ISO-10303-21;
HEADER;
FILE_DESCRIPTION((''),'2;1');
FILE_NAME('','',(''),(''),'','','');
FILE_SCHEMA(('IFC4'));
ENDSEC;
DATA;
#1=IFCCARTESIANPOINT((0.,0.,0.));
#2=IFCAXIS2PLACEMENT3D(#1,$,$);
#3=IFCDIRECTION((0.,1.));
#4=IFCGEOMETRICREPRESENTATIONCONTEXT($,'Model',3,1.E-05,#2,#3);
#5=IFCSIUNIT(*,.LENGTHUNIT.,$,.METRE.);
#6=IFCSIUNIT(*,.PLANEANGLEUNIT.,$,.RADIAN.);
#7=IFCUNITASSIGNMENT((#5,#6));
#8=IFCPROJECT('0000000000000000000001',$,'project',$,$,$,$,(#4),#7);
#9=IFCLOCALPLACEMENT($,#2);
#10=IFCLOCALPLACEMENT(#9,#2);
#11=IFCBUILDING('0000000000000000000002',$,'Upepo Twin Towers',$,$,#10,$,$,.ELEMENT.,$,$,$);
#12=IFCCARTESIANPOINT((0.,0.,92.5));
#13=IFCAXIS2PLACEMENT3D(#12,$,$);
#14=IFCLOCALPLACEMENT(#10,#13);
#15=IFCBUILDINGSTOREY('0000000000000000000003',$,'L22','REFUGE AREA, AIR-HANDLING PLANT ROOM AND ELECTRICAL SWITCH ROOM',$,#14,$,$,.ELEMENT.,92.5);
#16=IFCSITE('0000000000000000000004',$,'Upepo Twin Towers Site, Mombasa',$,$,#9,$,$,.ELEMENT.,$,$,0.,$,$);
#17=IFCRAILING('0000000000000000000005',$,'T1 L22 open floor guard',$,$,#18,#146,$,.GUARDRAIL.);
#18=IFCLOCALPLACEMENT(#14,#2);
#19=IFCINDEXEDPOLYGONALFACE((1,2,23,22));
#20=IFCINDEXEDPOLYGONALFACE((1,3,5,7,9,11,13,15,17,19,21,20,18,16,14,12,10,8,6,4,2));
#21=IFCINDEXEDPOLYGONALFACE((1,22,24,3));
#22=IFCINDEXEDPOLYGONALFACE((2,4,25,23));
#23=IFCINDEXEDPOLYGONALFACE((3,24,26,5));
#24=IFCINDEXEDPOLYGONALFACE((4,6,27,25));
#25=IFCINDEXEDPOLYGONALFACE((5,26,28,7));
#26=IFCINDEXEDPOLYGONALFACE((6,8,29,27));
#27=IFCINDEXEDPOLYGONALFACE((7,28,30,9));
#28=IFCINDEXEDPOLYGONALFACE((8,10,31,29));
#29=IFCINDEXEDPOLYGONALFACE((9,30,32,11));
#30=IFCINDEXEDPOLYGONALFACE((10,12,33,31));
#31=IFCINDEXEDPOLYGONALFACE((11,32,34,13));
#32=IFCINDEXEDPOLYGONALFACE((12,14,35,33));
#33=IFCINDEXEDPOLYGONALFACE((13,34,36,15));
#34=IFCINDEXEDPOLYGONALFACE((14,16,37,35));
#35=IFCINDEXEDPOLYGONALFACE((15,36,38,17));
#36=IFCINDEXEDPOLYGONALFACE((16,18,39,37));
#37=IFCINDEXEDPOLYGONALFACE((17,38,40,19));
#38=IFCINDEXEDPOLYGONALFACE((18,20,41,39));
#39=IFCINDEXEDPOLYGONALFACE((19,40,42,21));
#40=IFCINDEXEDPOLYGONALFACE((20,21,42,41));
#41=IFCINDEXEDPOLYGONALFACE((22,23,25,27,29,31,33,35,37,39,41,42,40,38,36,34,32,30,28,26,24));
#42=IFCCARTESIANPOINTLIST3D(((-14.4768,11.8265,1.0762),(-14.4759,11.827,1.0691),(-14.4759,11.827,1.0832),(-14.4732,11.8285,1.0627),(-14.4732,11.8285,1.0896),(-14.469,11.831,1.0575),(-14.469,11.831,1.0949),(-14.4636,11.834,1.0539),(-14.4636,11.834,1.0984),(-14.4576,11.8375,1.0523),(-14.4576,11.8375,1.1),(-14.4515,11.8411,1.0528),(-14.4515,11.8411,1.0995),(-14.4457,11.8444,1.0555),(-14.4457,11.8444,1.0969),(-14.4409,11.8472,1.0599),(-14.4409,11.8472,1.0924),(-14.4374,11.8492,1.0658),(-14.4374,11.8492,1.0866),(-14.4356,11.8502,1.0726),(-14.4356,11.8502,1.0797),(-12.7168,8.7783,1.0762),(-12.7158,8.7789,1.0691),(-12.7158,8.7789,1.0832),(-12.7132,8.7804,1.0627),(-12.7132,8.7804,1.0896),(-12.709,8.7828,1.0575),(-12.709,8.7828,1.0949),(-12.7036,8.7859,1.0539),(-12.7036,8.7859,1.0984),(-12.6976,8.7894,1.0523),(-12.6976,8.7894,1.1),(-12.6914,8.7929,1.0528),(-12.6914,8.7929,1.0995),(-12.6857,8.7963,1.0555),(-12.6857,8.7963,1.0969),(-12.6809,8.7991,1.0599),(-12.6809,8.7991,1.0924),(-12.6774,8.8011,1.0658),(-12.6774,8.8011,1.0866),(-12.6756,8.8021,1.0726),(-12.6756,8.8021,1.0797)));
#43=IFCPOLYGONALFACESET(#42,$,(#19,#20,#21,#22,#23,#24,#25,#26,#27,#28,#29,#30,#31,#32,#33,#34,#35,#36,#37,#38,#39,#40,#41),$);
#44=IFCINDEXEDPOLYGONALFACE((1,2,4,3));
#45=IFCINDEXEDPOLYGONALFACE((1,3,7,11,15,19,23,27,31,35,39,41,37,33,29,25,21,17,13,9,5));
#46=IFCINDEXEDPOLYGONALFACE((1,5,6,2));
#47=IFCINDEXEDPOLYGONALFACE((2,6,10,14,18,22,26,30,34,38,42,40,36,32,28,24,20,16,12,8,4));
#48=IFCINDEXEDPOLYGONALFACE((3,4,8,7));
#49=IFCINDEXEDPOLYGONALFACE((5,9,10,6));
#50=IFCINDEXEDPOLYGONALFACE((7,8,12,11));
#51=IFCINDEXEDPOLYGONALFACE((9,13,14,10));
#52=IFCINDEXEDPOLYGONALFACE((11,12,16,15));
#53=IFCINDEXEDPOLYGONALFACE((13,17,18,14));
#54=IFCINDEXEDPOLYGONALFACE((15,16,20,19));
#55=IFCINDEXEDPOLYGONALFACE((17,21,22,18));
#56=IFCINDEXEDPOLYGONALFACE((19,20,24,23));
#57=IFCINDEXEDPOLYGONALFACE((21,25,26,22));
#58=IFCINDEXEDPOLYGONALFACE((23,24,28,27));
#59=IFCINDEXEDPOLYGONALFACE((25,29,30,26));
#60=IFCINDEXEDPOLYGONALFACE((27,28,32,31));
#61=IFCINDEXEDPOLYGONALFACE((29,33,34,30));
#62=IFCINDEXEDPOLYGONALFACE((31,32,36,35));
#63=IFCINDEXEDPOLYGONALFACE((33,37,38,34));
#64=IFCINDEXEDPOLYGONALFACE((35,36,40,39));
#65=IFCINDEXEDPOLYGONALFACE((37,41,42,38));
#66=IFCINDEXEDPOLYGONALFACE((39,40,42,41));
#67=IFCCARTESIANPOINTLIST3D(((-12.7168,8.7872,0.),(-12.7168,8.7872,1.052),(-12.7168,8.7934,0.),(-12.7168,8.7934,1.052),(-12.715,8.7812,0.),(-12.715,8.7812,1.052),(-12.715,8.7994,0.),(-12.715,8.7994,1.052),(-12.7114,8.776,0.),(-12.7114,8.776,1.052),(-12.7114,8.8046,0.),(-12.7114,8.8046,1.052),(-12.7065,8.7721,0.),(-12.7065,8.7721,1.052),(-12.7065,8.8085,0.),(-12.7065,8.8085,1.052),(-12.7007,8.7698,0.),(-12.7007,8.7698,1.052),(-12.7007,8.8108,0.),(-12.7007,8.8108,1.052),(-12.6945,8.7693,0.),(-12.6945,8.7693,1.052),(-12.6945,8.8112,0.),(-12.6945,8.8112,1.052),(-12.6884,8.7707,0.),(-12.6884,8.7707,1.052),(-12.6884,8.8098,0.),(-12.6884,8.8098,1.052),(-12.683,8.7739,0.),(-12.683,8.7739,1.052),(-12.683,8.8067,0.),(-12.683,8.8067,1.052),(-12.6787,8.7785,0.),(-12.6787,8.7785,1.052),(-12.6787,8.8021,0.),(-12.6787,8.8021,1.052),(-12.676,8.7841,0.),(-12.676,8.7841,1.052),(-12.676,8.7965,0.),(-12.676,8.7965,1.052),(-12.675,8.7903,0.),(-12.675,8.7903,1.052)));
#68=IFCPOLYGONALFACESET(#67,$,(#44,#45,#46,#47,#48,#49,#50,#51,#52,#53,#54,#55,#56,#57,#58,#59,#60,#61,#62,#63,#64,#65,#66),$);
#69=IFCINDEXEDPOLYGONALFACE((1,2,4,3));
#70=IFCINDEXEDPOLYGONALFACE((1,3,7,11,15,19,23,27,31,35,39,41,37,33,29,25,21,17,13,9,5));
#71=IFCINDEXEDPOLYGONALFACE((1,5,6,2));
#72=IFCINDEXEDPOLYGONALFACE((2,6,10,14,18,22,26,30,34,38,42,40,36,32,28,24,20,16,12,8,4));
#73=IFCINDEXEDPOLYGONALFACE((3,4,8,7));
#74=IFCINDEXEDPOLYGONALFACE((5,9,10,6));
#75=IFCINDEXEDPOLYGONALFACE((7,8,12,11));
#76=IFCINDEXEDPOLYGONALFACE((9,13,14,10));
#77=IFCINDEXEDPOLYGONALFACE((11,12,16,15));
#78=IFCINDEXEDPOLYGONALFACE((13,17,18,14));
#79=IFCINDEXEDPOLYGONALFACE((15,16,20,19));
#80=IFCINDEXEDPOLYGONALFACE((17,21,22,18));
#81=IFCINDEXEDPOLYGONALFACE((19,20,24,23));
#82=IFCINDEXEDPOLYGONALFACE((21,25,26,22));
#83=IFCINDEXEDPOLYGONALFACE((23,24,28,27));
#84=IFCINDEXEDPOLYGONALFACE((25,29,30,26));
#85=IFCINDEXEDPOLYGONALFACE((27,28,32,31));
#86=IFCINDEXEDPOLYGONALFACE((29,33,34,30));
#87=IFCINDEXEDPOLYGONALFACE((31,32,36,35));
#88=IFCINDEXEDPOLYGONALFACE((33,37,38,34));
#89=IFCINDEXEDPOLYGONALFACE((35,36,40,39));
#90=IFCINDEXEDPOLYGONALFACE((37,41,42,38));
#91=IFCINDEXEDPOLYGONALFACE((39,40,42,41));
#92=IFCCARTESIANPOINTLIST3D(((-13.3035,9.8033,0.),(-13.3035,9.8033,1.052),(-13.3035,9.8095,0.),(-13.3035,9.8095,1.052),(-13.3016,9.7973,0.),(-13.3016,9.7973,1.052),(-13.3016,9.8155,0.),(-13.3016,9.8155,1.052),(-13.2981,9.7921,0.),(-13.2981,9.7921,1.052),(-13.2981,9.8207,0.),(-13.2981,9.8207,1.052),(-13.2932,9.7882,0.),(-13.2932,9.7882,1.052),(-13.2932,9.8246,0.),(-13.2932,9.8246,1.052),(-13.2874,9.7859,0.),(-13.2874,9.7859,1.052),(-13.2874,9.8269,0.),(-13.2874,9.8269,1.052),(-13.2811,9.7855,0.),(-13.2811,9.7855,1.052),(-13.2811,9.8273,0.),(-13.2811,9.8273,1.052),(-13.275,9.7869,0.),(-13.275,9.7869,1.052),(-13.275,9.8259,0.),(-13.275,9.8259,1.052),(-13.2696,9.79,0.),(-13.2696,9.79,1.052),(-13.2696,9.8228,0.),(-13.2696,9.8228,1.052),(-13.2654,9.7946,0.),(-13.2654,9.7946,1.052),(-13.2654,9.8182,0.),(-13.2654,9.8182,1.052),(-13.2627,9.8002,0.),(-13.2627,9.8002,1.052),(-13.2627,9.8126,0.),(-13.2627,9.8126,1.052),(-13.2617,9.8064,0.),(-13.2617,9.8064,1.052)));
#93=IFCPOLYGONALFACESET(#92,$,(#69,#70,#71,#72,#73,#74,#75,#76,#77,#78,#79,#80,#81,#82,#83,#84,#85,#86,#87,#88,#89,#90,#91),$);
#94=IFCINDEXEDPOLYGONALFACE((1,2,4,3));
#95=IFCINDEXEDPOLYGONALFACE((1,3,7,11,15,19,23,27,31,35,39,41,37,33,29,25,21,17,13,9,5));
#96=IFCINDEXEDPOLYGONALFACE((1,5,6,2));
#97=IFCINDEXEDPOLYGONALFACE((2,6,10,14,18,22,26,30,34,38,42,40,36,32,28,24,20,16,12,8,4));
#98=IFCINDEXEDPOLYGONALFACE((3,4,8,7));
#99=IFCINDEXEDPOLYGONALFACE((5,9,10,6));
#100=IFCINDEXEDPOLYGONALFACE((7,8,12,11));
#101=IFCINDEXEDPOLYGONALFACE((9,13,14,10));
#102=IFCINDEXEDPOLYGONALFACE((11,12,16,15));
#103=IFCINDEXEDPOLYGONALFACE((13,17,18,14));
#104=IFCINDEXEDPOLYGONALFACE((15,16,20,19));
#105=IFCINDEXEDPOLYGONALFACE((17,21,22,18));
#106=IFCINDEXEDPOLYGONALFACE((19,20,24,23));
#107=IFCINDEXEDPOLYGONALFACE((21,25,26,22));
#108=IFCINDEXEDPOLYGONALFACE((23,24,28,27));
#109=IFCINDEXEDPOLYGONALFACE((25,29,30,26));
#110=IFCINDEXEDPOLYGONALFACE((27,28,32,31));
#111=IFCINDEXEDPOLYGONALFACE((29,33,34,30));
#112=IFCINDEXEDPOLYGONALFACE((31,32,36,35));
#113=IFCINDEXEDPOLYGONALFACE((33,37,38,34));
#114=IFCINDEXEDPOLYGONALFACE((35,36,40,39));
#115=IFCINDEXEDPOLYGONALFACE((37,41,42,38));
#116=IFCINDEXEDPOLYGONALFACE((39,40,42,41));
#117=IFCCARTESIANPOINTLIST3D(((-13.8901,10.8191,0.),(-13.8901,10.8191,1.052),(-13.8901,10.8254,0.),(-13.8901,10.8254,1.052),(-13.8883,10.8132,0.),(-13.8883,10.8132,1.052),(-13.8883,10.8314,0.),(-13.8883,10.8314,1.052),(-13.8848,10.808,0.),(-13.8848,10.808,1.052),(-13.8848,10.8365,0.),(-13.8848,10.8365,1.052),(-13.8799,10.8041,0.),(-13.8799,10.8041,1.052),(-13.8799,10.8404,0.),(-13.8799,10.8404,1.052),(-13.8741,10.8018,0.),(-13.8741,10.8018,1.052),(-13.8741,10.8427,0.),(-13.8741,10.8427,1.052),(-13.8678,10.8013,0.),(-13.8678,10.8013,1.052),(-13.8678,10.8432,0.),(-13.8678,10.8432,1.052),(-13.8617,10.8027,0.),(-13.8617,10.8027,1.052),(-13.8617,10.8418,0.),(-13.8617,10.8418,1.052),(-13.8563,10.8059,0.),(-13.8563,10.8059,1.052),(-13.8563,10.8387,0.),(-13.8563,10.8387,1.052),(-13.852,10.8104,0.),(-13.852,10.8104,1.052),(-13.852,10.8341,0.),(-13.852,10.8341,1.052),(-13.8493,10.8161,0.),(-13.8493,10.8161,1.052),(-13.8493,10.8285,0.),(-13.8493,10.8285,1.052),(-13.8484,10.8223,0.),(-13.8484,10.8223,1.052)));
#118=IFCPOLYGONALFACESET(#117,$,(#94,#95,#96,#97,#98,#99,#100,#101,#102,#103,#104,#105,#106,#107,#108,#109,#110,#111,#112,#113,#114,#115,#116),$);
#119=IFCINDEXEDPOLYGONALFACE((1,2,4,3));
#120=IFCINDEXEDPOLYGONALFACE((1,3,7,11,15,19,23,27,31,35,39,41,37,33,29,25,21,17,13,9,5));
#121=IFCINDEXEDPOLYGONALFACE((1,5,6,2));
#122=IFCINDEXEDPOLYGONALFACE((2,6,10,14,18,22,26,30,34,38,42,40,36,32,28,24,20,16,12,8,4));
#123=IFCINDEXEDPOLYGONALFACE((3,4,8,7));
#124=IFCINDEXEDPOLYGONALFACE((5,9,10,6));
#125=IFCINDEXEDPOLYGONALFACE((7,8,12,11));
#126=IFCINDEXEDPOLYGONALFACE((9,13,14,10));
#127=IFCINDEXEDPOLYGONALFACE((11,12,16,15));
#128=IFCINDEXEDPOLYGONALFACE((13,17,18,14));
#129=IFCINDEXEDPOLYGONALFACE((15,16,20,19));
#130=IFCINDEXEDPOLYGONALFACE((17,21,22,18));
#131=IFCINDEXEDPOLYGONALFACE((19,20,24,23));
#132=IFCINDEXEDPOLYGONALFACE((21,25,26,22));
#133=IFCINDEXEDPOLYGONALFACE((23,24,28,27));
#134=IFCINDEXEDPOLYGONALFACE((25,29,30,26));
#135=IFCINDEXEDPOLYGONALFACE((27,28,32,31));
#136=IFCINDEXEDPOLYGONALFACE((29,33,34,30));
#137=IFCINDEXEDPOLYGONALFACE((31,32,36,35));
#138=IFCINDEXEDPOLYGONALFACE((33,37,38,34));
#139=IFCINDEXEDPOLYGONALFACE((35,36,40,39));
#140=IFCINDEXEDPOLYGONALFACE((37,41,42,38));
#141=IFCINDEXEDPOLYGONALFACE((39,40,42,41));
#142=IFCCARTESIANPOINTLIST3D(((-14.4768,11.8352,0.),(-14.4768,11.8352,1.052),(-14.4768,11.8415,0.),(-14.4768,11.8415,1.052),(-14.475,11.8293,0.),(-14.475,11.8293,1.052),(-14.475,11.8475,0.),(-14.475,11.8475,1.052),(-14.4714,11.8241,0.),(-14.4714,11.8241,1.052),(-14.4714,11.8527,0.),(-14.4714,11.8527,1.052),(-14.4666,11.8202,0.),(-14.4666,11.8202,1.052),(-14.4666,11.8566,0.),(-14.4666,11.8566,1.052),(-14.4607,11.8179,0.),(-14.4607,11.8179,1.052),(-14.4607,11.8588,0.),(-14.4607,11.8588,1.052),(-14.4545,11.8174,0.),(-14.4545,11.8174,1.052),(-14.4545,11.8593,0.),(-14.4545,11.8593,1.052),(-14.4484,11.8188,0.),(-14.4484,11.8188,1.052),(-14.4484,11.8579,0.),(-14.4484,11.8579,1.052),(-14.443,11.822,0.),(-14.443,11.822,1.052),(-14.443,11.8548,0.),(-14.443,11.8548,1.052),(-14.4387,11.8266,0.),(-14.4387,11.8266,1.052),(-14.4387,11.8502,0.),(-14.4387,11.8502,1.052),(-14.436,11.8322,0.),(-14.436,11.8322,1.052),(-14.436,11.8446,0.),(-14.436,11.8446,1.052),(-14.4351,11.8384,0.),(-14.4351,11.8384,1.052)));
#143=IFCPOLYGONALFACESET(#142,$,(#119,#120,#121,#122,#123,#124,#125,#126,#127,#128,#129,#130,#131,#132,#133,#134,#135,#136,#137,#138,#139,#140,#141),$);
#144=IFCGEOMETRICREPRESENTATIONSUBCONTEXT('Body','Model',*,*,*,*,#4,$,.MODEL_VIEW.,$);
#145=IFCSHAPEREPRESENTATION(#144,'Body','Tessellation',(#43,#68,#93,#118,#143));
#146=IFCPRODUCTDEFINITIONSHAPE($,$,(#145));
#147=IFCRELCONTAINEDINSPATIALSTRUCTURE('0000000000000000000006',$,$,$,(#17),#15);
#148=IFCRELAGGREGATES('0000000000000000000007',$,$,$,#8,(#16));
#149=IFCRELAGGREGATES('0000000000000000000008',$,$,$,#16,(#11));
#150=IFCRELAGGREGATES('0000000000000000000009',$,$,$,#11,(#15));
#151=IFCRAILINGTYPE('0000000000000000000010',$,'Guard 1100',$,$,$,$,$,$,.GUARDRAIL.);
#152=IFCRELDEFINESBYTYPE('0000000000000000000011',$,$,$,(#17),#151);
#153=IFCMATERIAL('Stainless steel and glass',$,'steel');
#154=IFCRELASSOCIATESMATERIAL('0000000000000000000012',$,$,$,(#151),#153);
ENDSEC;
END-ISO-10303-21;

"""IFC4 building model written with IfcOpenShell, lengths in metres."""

from ifc_helpers import new_model, si_unit, direction, frame, origin, origin_2d, place, context, subcontext, project, spatial, circle, extrude, material, type_object, element, save


model = new_model("IFC4")

# Units and contexts
model_context = context("Model", 3, precision=1e-05, world=origin(), true_north=direction((0.0, 1.0)))
body_context = subcontext(model_context, "Body", "Model", "MODEL_VIEW")
ifc_project = project(units=[si_unit("LENGTHUNIT", "METRE"), si_unit("PLANEANGLEUNIT", "RADIAN")], contexts=[model_context])

# Site, building, storey
site_placement = place(None, origin())
site = spatial("IfcSite", under=ifc_project, at=site_placement, Name="Upepo Twin Towers Site, Mombasa", CompositionType="ELEMENT", RefElevation=0.0)
building_placement = place(site_placement, origin())
building = spatial("IfcBuilding", under=site, at=building_placement, Name="Upepo Twin Towers", CompositionType="ELEMENT")
storey_placement = place(building_placement, frame((0.0, 0.0, 92.5)))
storey = spatial("IfcBuildingStorey", under=building, at=storey_placement, Name="L22", Description="REFUGE AREA, AIR-HANDLING PLANT ROOM AND ELECTRICAL SWITCH ROOM", CompositionType="ELEMENT", Elevation=92.5)

# Railing
ifc_material_1 = material(Name="Stainless steel and glass", Category="steel")
railing_type_1 = type_object("IfcRailingType", Name="Guard 1100", PredefinedType="GUARDRAIL", material=ifc_material_1)
for number, where, name in (
    (1, (-12.696, 8.7903, 0.0), "T1 L22 open floor guard"),
):
    element("IfcRailing", number, at=place(storey_placement, frame(where)), inside=storey, type_object=railing_type_1, Name=name, PredefinedType="GUARDRAIL", context=body_context, shape_type="SweptSolid", body=[
        extrude(circle(Radius=0.0239, at=origin_2d()), frame((0.0, 0.0, 1.0762), z_axis=(-0.500041, 0.866002, 0.0), x_axis=(-0.866002, -0.500041, 0.0)), (0.0, 0.0, 1.0), 3.5198),
        extrude(circle(Radius=0.021, at=origin_2d()), origin(), (0.0, 0.0, 1.0), 1.052),
        extrude(circle(Radius=0.021, at=origin_2d()), frame((-0.5867, 1.0161, 0.0)), (0.0, 0.0, 1.0), 1.052),
        extrude(circle(Radius=0.021, at=origin_2d()), frame((-1.1733, 2.032, 0.0)), (0.0, 0.0, 1.0), 1.052),
        extrude(circle(Radius=0.021, at=origin_2d()), frame((-1.76, 3.0481, 0.0)), (0.0, 0.0, 1.0), 1.052),
    ])

save(model, "model.ifc")
